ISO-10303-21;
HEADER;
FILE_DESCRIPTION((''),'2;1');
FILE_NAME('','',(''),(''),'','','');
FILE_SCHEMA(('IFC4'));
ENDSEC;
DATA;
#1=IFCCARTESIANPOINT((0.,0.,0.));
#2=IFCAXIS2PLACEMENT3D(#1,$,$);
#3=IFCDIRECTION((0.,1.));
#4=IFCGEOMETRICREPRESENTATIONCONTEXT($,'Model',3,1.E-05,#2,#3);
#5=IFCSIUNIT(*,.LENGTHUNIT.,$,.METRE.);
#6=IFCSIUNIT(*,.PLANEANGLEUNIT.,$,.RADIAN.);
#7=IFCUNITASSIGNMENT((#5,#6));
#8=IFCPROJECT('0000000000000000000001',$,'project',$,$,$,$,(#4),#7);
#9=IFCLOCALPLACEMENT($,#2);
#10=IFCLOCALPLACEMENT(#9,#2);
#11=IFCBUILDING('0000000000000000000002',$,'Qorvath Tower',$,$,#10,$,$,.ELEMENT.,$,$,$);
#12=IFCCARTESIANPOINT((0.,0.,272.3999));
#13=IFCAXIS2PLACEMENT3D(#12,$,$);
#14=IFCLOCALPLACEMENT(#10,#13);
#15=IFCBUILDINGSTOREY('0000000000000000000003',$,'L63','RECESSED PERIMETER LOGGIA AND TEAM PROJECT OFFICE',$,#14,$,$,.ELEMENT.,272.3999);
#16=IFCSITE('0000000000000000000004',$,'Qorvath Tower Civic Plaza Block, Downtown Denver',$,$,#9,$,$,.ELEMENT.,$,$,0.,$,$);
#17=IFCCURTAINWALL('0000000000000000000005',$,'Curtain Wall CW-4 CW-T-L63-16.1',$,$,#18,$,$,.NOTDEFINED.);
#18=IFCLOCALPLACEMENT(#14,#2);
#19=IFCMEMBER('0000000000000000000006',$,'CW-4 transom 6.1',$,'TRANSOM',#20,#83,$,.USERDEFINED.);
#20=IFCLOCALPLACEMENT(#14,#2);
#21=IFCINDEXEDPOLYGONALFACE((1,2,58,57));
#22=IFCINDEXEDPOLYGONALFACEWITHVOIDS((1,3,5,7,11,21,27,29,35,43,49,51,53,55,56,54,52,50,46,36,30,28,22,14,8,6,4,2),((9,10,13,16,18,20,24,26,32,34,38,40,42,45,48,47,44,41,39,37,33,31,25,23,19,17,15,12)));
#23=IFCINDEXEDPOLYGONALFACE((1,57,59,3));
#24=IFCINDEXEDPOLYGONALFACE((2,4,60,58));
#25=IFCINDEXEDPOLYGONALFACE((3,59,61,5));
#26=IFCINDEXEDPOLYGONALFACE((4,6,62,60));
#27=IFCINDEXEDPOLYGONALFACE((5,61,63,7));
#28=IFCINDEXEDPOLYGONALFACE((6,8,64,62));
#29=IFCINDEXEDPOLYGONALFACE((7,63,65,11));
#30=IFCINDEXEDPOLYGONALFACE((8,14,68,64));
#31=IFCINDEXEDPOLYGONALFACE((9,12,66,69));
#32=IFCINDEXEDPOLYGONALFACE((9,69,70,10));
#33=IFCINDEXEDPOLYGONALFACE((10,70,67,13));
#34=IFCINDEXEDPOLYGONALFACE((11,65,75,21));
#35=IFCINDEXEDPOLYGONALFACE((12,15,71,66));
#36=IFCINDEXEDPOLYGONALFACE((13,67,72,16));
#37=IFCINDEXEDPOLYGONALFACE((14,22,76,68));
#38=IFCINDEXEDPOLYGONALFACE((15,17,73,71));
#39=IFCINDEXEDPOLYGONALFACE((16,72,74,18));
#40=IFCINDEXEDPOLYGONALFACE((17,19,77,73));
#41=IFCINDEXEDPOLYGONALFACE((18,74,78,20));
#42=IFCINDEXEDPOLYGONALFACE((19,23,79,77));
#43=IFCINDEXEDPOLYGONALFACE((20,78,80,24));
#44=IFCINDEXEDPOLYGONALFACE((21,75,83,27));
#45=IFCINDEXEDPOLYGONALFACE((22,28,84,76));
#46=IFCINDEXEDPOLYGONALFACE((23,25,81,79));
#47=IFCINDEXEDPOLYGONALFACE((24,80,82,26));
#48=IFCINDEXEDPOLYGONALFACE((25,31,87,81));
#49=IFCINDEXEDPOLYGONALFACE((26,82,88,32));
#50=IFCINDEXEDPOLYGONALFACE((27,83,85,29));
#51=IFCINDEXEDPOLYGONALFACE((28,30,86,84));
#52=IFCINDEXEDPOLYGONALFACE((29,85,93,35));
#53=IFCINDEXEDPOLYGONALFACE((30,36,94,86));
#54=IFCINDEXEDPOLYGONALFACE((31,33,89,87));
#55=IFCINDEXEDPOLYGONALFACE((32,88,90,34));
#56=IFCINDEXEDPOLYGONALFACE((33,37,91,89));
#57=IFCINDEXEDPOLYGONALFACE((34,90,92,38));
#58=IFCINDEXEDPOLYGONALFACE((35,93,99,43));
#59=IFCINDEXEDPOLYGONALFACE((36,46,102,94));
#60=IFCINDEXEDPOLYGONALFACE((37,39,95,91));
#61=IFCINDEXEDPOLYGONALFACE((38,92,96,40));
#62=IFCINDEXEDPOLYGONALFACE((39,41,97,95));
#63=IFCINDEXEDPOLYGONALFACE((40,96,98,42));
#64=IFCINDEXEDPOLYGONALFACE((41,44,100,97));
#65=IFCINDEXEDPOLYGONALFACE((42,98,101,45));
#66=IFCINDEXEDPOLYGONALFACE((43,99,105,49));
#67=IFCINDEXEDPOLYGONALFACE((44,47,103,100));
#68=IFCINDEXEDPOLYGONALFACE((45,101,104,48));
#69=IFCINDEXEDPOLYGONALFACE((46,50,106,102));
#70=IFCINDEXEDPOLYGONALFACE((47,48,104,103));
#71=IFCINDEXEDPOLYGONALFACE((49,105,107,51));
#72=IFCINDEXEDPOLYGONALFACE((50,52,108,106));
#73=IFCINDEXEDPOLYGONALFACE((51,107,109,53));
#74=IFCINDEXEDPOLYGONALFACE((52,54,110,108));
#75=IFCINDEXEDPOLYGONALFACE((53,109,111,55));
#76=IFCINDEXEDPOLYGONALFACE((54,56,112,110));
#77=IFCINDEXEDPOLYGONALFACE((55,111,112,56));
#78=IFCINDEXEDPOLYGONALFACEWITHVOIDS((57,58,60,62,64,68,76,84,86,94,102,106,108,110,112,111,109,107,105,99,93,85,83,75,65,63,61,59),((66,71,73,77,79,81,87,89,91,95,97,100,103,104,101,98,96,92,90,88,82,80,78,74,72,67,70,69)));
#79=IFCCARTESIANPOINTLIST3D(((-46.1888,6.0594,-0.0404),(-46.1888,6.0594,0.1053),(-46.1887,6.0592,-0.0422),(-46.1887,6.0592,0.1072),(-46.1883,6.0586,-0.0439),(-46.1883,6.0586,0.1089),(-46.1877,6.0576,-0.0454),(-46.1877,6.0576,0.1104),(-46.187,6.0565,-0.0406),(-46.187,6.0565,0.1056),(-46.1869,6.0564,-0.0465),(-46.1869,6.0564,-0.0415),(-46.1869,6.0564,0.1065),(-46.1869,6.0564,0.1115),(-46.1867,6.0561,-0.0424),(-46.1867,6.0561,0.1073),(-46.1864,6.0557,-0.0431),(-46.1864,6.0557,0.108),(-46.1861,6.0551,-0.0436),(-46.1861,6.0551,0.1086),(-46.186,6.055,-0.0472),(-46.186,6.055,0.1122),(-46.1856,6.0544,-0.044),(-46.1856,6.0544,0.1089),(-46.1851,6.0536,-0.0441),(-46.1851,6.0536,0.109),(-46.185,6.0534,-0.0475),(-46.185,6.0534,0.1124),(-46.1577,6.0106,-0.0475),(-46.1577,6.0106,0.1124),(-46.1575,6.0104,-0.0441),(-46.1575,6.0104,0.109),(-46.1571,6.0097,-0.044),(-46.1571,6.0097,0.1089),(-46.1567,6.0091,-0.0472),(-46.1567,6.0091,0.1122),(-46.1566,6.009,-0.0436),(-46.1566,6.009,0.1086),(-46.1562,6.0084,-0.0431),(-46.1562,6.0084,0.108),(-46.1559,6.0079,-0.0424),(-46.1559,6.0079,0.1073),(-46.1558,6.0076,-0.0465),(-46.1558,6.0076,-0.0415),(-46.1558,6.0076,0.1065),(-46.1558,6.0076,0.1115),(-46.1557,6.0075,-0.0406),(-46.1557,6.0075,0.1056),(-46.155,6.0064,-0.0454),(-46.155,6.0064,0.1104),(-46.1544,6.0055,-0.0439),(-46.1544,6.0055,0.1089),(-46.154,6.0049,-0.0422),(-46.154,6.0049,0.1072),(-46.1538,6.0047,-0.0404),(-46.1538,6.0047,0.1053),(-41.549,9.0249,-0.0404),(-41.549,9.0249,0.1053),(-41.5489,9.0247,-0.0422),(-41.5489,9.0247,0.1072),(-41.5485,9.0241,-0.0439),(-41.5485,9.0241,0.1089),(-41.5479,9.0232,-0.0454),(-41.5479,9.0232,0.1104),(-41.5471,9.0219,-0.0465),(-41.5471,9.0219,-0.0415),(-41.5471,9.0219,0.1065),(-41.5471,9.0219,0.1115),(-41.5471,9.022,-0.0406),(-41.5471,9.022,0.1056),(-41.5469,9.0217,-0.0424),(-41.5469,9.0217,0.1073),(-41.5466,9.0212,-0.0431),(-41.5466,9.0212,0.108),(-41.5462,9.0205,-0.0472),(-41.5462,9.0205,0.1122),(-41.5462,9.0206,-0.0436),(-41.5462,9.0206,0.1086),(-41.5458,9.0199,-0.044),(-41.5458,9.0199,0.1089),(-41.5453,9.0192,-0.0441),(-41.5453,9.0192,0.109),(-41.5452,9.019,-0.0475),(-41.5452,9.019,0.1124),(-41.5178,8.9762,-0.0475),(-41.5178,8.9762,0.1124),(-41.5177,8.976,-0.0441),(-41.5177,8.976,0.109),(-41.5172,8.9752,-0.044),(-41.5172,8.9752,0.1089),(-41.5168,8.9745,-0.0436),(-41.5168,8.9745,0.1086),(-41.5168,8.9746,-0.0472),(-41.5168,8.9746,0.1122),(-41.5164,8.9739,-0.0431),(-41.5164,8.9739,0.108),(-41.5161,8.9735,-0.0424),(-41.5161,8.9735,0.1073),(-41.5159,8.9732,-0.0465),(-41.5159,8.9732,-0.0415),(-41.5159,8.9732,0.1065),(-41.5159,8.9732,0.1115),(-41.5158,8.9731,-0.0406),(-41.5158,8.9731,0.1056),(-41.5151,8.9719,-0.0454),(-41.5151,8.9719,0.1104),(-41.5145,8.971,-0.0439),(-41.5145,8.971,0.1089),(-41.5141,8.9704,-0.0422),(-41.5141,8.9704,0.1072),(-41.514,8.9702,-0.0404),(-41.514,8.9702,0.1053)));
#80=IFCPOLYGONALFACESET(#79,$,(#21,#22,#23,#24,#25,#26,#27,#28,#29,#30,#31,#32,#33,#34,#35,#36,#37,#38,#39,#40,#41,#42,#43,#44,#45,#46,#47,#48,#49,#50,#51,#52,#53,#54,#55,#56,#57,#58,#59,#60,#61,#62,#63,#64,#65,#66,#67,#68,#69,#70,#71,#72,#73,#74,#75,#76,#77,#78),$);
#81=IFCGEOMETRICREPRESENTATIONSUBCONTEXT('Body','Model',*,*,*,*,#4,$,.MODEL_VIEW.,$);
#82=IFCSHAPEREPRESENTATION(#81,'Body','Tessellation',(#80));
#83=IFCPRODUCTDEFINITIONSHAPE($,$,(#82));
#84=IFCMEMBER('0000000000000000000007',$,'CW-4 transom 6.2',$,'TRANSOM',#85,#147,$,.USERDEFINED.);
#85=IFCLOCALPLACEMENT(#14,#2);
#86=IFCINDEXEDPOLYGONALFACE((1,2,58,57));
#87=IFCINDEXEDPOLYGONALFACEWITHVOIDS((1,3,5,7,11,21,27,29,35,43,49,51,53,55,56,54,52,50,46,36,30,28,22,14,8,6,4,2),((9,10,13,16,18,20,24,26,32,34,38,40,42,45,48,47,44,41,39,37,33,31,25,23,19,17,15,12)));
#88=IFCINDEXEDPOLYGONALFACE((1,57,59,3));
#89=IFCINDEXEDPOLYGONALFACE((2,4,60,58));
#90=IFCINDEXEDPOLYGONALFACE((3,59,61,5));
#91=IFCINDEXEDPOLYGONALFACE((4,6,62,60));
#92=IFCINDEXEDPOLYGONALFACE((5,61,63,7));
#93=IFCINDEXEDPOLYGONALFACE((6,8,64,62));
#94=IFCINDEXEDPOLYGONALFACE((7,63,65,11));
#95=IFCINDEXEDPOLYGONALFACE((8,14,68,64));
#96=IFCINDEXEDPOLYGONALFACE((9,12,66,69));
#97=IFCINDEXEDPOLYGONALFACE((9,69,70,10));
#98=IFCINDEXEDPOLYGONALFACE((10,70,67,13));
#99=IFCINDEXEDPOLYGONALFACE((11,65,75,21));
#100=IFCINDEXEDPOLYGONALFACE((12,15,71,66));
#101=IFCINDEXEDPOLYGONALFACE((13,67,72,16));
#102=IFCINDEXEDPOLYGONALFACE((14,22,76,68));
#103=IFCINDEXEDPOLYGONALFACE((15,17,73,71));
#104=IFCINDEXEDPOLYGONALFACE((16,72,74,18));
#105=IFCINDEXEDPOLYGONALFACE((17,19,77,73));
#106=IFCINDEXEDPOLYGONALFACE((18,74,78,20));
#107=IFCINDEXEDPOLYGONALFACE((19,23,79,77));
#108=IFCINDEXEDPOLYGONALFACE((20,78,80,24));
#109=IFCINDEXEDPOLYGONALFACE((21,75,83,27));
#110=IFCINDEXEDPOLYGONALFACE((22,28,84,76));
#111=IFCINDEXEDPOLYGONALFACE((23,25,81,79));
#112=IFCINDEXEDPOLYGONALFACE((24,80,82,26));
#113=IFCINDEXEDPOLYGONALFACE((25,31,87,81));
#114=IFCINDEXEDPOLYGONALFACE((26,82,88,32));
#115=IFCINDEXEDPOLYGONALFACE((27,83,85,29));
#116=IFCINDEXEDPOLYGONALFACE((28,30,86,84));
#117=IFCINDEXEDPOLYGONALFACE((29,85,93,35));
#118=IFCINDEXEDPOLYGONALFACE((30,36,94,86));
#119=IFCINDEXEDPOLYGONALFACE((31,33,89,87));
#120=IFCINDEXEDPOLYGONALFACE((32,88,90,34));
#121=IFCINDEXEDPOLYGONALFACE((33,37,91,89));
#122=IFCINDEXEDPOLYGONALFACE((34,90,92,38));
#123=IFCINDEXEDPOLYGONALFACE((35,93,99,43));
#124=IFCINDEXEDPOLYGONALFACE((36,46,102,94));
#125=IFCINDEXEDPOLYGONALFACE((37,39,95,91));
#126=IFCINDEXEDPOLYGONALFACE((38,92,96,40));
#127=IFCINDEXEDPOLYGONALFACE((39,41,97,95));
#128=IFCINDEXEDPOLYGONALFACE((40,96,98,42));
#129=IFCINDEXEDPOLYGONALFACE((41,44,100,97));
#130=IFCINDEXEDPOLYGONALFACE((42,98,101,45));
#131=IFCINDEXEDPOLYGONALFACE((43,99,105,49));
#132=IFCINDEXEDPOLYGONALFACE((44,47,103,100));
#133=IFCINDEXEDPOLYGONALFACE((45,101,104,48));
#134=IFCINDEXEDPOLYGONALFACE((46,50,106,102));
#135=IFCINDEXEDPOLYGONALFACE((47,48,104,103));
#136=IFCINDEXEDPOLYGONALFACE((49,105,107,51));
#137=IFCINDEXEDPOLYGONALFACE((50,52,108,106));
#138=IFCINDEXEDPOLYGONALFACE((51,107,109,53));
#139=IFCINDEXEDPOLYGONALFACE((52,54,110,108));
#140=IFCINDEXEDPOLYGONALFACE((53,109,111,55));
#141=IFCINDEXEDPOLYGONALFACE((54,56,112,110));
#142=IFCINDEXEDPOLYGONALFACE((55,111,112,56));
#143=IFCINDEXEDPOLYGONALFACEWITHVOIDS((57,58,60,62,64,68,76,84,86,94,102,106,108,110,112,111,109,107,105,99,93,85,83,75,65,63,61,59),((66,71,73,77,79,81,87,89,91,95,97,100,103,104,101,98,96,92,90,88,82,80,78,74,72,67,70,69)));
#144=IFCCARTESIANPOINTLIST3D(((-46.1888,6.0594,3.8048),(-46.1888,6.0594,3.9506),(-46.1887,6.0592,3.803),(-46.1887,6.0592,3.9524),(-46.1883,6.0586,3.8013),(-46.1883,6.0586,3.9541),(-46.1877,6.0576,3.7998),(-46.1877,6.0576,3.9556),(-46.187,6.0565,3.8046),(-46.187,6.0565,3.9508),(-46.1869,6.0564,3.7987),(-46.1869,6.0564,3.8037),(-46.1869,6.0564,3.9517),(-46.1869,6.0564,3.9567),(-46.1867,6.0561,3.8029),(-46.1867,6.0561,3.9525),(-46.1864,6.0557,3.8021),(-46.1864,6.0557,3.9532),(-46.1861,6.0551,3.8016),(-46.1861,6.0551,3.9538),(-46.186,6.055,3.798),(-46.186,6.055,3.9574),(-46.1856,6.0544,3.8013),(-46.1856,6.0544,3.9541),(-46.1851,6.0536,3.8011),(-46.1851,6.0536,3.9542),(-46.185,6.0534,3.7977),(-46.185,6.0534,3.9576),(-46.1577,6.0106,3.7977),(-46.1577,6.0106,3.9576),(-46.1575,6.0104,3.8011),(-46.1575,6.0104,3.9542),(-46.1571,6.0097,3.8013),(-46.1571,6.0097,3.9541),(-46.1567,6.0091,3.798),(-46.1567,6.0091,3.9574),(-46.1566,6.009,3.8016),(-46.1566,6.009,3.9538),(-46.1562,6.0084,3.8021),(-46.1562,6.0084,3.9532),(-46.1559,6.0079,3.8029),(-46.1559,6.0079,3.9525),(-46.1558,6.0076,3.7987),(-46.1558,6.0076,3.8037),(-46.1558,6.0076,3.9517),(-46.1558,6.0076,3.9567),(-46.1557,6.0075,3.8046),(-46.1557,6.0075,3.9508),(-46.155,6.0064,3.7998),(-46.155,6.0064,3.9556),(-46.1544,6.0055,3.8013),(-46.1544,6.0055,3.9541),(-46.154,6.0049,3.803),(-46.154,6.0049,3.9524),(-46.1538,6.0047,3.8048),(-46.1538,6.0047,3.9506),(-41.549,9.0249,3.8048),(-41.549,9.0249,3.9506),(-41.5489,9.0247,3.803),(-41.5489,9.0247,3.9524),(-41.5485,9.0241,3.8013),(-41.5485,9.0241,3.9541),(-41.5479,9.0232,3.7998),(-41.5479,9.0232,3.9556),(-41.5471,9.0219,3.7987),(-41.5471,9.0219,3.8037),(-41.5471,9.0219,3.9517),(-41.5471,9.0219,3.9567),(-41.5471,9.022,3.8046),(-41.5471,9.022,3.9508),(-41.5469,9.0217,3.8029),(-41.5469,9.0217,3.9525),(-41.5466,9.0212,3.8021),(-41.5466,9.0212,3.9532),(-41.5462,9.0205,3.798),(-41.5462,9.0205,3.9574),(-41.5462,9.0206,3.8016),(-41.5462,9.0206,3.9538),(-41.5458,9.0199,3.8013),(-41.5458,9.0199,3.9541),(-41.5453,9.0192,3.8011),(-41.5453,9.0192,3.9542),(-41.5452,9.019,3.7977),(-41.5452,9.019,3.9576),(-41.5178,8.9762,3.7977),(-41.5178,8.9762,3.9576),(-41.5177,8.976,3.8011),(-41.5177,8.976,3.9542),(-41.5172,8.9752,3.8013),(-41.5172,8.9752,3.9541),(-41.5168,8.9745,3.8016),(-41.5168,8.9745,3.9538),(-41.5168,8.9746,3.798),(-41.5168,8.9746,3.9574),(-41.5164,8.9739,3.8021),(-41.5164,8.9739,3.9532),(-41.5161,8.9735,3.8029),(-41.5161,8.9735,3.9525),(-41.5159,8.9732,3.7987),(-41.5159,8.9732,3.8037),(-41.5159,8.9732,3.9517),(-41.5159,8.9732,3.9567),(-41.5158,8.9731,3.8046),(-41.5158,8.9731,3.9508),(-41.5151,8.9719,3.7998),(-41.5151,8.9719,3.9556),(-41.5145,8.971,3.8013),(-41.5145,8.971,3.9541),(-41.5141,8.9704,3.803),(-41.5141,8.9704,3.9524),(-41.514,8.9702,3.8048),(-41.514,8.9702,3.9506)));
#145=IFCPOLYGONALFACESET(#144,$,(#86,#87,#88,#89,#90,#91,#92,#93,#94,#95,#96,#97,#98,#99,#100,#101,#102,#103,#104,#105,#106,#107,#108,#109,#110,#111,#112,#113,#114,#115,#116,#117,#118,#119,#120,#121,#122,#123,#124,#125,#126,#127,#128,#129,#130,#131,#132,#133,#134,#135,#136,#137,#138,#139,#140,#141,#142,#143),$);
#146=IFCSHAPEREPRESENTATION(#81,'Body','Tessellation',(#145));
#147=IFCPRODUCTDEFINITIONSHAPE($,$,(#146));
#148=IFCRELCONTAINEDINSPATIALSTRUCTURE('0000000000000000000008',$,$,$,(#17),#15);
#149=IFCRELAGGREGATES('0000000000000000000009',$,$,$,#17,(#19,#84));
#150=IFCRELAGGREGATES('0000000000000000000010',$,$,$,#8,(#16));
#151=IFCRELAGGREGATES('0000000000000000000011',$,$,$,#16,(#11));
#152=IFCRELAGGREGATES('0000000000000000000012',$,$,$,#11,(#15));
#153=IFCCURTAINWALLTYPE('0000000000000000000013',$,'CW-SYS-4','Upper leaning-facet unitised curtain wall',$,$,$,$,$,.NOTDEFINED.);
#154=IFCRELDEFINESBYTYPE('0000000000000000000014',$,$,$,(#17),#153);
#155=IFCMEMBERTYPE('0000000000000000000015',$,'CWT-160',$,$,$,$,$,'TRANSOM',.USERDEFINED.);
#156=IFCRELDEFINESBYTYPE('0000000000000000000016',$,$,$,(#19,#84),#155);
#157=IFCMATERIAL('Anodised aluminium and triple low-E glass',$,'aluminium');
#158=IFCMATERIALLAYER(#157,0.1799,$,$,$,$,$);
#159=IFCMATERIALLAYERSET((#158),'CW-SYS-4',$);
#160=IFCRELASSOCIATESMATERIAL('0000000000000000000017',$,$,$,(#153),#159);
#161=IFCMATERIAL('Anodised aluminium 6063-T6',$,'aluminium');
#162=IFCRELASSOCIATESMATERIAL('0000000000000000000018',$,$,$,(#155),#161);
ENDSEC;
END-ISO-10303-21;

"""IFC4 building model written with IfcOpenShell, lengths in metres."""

from ifc_helpers import new_model, si_unit, direction, frame, origin, origin_2d, place, context, subcontext, project, spatial, hollow_rectangle, extrude, material, layer, layer_set, material_profile, profile_set, type_object, element, aggregate, save


model = new_model("IFC4")

# Units and contexts
model_context = context("Model", 3, precision=1e-05, world=origin(), true_north=direction((0.0, 1.0)))
body_context = subcontext(model_context, "Body", "Model", "MODEL_VIEW")
ifc_project = project(units=[si_unit("LENGTHUNIT", "METRE"), si_unit("PLANEANGLEUNIT", "RADIAN")], contexts=[model_context])

# Site, building, storey
site_placement = place(None, origin())
site = spatial("IfcSite", under=ifc_project, at=site_placement, Name="Qorvath Tower Civic Plaza Block, Downtown Denver", CompositionType="ELEMENT", RefElevation=0.0)
building_placement = place(site_placement, origin())
building = spatial("IfcBuilding", under=site, at=building_placement, Name="Qorvath Tower", CompositionType="ELEMENT")
storey_placement = place(building_placement, frame((0.0, 0.0, 272.3999)))
storey = spatial("IfcBuildingStorey", under=building, at=storey_placement, Name="L63", Description="RECESSED PERIMETER LOGGIA AND TEAM PROJECT OFFICE", CompositionType="ELEMENT", Elevation=272.3999)

# Curtain wall, members
ifc_material_1 = material(Name="Anodised aluminium and triple low-E glass", Category="aluminium")
ifc_layer_1 = layer(ifc_material_1, 0.1799)
ifc_layer_set_1 = layer_set([ifc_layer_1], Name="CW-SYS-4")
curtain_wall_type = type_object("IfcCurtainWallType", Name="CW-SYS-4", Description="Upper leaning-facet unitised curtain wall", PredefinedType="NOTDEFINED", material=ifc_layer_set_1)
curtain_wall_placement = place(storey_placement, origin())
curtain_wall = element("IfcCurtainWall", 1, at=curtain_wall_placement, inside=storey, type_object=curtain_wall_type, Name="Curtain Wall CW-4 CW-T-L63-16.1", PredefinedType="NOTDEFINED")
ifc_material_2 = material(Name="Anodised aluminium 6063-T6", Category="aluminium")
ifc_material_profile_1 = material_profile(ifc_material_2, hollow_rectangle(XDim=0.0649, YDim=0.1599, WallThickness=0.0034, InnerFilletRadius=0.0034, OuterFilletRadius=0.0071, at=origin_2d()), Name="CWT 160x65")
ifc_profile_set_1 = profile_set([ifc_material_profile_1], Name="Anodised aluminium 6063-T6")
member_type_1 = type_object("IfcMemberType", Name="CWT-160", ElementType="TRANSOM", PredefinedType="USERDEFINED", material=ifc_profile_set_1)
member_1_placement = place(storey_placement, frame((-41.5315, 8.9976, 0.0325), z_axis=(-0.842597, -0.538544, 0.0), x_axis=(0.538544, -0.842597, 0.0)))
member_1 = element("IfcMember", 2, at=member_1_placement, type_object=member_type_1, Name="CW-4 transom 6.1", ObjectType="TRANSOM", PredefinedType="USERDEFINED", context=body_context, shape_type="SweptSolid", body=[
    extrude(hollow_rectangle(XDim=0.0649, YDim=0.1599, WallThickness=0.0034, InnerFilletRadius=0.0034, OuterFilletRadius=0.0071, at=origin_2d()), origin(), (0.0, 0.0, 1.0), 5.5066),
])
member_2_placement = place(storey_placement, frame((-41.5315, 8.9976, 3.8777), z_axis=(-0.842597, -0.538544, 0.0), x_axis=(0.538544, -0.842597, 0.0)))
member_2 = element("IfcMember", 3, at=member_2_placement, type_object=member_type_1, Name="CW-4 transom 6.2", ObjectType="TRANSOM", PredefinedType="USERDEFINED", context=body_context, shape_type="SweptSolid", body=[
    extrude(hollow_rectangle(XDim=0.0649, YDim=0.1599, WallThickness=0.0034, InnerFilletRadius=0.0034, OuterFilletRadius=0.0071, at=origin_2d()), origin(), (0.0, 0.0, 1.0), 5.5066),
])
aggregate(curtain_wall, [member_1, member_2])

save(model, "model.ifc")
